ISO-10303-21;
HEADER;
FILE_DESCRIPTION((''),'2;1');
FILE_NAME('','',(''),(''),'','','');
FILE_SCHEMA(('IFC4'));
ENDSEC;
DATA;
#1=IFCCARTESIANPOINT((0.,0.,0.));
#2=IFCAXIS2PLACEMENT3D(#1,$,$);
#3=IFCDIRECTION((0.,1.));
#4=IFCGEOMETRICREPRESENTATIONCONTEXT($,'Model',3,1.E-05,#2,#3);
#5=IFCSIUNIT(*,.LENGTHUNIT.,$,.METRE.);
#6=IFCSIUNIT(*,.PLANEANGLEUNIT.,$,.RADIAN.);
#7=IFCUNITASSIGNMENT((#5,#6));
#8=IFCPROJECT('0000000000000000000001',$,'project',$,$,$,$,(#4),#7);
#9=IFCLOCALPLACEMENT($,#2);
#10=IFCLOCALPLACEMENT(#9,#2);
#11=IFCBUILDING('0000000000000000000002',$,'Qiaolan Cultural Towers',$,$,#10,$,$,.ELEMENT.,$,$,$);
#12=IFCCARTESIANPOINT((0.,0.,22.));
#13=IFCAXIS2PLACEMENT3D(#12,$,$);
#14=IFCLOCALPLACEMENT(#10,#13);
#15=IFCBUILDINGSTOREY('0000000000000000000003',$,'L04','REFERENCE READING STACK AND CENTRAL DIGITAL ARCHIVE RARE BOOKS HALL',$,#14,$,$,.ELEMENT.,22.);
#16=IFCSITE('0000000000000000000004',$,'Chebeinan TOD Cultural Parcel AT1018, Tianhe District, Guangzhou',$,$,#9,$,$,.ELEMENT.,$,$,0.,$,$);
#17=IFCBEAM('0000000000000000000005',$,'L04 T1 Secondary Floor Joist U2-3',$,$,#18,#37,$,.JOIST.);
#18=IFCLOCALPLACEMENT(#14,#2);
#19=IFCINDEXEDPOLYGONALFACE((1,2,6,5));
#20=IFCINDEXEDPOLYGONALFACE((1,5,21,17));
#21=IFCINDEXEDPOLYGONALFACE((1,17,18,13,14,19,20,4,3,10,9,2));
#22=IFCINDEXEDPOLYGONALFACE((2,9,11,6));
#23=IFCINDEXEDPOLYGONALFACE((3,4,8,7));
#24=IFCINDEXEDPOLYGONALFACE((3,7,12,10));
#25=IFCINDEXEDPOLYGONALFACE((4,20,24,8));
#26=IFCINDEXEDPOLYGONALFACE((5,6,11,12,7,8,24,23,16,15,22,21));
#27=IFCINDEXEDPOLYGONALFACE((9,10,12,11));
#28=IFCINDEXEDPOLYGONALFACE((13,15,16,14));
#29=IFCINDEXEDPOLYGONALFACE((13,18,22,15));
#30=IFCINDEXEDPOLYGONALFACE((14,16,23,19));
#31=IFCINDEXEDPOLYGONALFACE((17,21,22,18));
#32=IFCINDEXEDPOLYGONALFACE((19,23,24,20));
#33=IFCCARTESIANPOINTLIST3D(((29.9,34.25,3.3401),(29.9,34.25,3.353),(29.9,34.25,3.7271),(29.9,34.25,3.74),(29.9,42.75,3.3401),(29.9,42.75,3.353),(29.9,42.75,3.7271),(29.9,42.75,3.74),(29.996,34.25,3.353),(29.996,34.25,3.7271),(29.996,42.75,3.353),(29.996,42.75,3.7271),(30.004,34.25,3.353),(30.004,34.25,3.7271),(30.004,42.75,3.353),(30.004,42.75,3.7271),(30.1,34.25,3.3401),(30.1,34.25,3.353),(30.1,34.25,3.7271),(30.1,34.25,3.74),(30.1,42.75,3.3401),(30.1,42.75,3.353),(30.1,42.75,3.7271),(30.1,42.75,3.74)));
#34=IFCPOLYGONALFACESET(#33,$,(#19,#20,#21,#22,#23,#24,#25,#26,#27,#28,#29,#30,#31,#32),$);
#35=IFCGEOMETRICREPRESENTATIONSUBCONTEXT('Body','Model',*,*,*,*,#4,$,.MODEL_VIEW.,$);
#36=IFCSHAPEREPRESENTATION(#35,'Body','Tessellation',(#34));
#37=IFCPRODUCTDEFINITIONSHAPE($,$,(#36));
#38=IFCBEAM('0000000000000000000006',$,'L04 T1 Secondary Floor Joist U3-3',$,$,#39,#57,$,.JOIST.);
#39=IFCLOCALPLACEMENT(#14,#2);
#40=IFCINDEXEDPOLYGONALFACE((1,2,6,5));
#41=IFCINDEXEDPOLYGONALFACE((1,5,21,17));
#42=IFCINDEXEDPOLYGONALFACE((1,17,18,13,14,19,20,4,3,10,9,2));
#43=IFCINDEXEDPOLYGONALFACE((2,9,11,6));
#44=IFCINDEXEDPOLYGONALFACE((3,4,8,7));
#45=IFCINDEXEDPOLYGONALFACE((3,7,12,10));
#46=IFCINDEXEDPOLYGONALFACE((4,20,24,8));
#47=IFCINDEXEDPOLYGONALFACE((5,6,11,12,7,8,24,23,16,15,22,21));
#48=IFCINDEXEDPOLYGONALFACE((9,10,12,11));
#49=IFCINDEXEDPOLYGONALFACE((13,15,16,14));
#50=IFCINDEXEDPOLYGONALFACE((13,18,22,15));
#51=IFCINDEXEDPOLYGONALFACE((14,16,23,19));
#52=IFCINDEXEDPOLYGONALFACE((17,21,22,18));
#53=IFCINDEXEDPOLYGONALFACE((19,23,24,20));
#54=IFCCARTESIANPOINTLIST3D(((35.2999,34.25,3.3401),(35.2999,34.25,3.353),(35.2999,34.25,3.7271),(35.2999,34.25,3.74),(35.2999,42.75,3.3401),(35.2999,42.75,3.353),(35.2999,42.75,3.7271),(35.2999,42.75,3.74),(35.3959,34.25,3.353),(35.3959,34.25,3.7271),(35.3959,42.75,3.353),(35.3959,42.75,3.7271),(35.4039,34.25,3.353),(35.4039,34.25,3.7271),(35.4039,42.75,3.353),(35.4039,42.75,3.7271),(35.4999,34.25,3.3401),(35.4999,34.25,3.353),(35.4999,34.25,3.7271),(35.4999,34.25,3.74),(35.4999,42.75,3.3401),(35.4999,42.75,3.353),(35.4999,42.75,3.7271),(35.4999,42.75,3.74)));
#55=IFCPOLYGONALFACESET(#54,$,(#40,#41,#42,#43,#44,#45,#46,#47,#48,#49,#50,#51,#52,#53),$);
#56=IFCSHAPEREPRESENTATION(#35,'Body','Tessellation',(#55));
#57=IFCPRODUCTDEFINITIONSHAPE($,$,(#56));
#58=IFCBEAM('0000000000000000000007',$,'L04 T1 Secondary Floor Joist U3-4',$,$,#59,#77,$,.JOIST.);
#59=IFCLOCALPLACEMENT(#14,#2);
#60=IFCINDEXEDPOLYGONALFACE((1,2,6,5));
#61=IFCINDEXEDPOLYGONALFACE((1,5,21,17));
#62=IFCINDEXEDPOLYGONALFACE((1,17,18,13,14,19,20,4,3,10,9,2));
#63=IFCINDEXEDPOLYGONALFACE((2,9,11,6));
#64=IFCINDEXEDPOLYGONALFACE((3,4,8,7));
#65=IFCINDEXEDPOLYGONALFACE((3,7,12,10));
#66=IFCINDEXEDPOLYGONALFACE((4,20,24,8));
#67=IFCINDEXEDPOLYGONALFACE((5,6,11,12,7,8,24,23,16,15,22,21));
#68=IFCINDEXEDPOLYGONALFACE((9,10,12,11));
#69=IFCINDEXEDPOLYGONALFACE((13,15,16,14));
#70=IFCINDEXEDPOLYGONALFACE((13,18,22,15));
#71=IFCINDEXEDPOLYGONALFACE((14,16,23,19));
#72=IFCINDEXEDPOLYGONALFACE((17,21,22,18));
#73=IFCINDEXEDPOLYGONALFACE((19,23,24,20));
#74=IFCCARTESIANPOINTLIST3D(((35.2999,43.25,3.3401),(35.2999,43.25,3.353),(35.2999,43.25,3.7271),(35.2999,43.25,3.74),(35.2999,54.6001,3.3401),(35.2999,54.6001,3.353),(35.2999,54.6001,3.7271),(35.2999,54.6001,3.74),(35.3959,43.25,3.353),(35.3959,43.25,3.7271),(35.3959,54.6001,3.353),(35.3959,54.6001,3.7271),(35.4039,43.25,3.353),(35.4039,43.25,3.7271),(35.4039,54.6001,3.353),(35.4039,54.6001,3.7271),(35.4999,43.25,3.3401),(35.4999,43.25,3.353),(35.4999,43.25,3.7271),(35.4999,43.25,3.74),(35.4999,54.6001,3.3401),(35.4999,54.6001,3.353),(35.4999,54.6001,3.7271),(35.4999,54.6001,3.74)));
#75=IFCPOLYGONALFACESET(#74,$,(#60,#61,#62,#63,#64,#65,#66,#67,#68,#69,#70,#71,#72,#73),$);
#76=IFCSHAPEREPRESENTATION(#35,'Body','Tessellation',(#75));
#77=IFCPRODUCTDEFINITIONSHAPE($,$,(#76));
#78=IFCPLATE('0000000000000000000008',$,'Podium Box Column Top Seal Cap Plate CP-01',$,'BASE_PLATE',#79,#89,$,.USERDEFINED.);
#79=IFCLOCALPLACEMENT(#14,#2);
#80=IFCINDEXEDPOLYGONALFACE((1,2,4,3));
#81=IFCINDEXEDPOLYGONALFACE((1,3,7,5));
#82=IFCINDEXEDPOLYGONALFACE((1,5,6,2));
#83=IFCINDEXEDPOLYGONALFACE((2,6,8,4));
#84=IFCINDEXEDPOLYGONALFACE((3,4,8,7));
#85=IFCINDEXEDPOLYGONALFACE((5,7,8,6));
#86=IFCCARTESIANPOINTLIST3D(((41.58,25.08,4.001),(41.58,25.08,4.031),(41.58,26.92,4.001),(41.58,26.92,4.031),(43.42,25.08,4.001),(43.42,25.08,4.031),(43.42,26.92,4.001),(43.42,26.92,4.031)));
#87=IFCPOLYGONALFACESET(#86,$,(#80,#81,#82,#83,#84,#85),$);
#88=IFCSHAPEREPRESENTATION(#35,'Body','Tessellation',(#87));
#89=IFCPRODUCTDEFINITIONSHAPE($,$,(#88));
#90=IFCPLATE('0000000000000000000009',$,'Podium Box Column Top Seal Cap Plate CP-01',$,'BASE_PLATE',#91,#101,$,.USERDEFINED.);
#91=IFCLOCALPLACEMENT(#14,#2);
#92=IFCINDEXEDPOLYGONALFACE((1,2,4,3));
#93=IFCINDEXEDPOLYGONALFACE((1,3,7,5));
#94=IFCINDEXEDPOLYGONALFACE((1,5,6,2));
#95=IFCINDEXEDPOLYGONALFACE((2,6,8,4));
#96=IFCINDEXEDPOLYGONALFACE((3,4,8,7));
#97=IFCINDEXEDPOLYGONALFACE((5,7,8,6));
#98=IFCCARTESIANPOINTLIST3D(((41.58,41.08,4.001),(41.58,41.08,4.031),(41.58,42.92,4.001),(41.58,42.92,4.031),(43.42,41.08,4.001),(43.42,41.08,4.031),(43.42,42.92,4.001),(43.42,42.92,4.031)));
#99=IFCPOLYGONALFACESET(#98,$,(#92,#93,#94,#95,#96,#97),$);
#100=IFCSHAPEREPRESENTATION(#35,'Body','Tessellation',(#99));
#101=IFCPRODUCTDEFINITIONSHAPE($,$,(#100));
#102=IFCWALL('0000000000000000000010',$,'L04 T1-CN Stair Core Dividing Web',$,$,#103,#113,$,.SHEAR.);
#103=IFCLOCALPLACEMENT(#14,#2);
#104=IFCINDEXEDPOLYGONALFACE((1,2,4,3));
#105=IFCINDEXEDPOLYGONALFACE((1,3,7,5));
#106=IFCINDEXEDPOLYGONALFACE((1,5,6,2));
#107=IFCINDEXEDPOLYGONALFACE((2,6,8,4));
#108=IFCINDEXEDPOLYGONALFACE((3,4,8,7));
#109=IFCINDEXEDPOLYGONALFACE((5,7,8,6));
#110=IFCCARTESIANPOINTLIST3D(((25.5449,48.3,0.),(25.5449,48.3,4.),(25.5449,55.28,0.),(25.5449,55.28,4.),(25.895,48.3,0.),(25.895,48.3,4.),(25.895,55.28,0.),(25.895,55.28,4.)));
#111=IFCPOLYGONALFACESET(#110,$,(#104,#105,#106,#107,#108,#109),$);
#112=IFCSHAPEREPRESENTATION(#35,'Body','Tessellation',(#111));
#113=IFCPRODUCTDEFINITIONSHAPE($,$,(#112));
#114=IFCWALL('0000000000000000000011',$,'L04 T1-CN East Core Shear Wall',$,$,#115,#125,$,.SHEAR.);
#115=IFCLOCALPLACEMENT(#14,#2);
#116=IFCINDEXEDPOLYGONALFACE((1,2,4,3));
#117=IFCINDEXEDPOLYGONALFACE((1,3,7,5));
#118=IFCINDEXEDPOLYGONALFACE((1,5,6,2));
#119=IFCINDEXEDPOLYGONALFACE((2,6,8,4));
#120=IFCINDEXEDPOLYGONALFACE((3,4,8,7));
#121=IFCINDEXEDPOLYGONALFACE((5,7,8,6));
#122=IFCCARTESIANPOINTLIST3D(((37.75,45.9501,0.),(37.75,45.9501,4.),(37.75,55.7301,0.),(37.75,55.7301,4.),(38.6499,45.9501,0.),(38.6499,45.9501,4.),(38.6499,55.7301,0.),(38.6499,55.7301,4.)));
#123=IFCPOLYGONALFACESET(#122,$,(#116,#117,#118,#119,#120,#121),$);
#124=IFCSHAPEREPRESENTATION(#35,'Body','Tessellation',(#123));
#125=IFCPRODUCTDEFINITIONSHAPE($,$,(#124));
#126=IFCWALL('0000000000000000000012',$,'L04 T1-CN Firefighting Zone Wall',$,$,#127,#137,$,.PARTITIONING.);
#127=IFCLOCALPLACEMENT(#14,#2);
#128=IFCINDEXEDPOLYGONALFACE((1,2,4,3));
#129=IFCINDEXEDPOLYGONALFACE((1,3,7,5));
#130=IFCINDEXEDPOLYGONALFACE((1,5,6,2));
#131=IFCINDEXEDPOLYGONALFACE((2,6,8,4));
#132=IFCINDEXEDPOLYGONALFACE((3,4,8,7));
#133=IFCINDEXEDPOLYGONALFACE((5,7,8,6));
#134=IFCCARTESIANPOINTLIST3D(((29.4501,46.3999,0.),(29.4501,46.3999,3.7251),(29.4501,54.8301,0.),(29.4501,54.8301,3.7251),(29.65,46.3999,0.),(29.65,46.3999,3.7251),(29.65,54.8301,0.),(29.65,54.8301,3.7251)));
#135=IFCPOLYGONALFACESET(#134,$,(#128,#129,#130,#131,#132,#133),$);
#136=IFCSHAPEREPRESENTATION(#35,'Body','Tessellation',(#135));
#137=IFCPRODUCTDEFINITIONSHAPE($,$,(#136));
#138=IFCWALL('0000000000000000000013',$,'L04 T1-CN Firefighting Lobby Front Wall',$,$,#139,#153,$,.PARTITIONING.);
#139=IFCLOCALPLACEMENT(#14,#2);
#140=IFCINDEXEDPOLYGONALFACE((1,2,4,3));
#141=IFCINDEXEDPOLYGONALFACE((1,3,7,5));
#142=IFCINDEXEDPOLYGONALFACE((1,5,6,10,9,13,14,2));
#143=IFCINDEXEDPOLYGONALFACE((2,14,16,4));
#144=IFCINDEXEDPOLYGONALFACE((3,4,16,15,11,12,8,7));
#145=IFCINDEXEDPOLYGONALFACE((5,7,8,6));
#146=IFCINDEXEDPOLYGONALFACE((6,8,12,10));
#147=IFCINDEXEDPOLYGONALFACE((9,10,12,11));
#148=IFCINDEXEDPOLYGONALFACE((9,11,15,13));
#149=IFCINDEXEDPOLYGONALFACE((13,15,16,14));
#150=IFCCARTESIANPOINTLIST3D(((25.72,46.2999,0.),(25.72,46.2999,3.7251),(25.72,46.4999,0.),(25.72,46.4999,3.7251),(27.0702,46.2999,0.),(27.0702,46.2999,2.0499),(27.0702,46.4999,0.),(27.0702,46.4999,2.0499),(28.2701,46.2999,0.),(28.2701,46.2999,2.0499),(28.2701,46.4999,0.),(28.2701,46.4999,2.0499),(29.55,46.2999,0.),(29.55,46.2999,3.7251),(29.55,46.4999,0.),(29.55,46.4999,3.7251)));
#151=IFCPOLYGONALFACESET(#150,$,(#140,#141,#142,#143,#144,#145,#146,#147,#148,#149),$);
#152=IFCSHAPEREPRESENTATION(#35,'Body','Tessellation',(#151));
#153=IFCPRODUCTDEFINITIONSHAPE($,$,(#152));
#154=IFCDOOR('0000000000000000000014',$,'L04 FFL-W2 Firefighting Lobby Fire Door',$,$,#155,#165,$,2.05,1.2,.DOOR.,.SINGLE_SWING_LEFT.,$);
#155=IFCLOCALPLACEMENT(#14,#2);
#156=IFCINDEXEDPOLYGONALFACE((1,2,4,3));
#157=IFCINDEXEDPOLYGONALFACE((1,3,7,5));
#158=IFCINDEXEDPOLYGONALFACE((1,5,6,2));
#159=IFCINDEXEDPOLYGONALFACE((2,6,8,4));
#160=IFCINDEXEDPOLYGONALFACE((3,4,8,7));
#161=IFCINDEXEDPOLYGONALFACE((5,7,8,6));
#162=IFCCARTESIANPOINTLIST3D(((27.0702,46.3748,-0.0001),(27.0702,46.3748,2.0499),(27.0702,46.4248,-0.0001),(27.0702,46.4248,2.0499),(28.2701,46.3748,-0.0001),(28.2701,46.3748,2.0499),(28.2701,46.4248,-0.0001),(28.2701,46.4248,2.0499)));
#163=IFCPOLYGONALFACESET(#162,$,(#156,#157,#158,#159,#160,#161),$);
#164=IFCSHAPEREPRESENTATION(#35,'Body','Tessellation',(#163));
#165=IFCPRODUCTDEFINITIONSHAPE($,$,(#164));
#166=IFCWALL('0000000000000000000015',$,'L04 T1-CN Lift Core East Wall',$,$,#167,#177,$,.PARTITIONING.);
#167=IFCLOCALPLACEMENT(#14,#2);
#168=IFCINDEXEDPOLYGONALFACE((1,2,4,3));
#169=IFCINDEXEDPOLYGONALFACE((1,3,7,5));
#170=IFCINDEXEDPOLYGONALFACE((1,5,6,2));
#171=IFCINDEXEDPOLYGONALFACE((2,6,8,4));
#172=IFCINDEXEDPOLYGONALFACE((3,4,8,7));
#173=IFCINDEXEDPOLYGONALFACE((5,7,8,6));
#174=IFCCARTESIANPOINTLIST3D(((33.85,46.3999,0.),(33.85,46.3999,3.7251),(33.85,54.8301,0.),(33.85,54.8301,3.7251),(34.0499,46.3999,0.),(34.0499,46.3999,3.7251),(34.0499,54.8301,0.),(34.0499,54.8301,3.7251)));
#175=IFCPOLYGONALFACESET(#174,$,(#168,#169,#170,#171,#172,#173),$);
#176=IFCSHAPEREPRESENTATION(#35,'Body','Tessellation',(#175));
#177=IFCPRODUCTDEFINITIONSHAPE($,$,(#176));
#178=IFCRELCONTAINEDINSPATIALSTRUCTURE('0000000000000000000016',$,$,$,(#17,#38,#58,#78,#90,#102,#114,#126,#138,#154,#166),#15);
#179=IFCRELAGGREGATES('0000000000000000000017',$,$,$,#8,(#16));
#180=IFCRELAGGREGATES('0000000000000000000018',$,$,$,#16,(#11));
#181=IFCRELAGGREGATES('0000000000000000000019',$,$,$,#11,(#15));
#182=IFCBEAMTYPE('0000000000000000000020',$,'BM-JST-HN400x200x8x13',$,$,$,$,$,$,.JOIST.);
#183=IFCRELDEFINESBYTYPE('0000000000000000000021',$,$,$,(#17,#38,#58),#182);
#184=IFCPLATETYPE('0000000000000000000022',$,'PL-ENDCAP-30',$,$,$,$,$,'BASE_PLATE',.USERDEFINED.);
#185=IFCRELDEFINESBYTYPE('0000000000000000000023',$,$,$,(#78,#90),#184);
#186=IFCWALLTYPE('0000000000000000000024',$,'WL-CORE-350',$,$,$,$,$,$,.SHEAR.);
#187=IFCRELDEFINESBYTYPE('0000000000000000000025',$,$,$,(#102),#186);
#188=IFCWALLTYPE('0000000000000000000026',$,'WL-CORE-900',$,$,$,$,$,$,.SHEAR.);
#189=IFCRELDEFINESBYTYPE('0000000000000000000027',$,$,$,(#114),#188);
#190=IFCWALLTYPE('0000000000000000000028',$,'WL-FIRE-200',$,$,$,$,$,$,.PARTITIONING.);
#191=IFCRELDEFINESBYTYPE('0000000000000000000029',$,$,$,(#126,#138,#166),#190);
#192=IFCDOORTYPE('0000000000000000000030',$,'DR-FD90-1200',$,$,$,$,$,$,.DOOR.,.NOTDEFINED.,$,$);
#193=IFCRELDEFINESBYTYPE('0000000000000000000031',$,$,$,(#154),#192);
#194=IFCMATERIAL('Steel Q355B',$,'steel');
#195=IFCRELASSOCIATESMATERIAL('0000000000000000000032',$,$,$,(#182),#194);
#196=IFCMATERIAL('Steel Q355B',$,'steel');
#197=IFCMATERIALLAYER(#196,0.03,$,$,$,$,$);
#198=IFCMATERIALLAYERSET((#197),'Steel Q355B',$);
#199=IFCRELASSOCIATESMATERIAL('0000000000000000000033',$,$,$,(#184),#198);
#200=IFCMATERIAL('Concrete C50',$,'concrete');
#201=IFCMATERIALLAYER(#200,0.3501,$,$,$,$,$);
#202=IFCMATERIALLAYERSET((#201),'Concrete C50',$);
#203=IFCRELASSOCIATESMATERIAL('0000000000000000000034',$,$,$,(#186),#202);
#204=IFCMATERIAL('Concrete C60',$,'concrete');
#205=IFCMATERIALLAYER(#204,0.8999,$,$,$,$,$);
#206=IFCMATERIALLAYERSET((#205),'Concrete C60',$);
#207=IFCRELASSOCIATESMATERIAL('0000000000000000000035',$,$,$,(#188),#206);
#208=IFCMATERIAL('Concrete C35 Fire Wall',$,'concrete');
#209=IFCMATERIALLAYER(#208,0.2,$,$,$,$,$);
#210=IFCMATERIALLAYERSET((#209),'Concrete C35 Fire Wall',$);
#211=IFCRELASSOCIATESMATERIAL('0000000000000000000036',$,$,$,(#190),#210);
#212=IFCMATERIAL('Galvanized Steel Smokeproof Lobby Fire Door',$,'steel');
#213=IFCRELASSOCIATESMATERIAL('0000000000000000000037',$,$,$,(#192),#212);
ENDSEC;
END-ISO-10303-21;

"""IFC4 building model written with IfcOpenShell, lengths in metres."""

from ifc_helpers import new_model, si_unit, direction, frame, frame_2d, origin, origin_2d, place, context, subcontext, project, spatial, rectangle, i_section, extrude, material, layer, layer_set, material_profile, profile_set, type_object, element, fill, save


model = new_model("IFC4")

# Units and contexts
model_context = context("Model", 3, precision=1e-05, world=origin(), true_north=direction((0.0, 1.0)))
body_context = subcontext(model_context, "Body", "Model", "MODEL_VIEW")
ifc_project = project(units=[si_unit("LENGTHUNIT", "METRE"), si_unit("PLANEANGLEUNIT", "RADIAN")], contexts=[model_context])

# Site, building, storey
site_placement = place(None, origin())
site = spatial("IfcSite", under=ifc_project, at=site_placement, Name="Chebeinan TOD Cultural Parcel AT1018, Tianhe District, Guangzhou", CompositionType="ELEMENT", RefElevation=0.0)
building_placement = place(site_placement, origin())
building = spatial("IfcBuilding", under=site, at=building_placement, Name="Qiaolan Cultural Towers", CompositionType="ELEMENT")
storey_placement = place(building_placement, frame((0.0, 0.0, 22.0)))
storey = spatial("IfcBuildingStorey", under=building, at=storey_placement, Name="L04", Description="REFERENCE READING STACK AND CENTRAL DIGITAL ARCHIVE RARE BOOKS HALL", CompositionType="ELEMENT", Elevation=22.0)

# Beams
ifc_material_1 = material(Name="Steel Q355B", Category="steel")
ifc_material_profile_1 = material_profile(ifc_material_1, i_section(OverallWidth=0.2, OverallDepth=0.3999, WebThickness=0.0081, FlangeThickness=0.0129, at=origin_2d()), Name="HN400x200x8x13")
ifc_profile_set_1 = profile_set([ifc_material_profile_1], Name="Steel Q355B")
beam_type_1 = type_object("IfcBeamType", Name="BM-JST-HN400x200x8x13", PredefinedType="JOIST", material=ifc_profile_set_1)
for number, where, z_axis, x_axis, name in (
    (1, (30.0, 34.25, 3.54), (0.0, 1.0, 0.0), (-1.0, 0.0, 0.0), "L04 T1 Secondary Floor Joist U2-3"),
    (2, (35.3999, 34.25, 3.54), (0.0, 1.0, 0.0), (-1.0, 0.0, 0.0), "L04 T1 Secondary Floor Joist U3-3"),
):
    element("IfcBeam", number, at=place(storey_placement, frame(where, z_axis=z_axis, x_axis=x_axis)), inside=storey, type_object=beam_type_1, Name=name, PredefinedType="JOIST", context=body_context, shape_type="SweptSolid", body=[
        extrude(i_section(OverallWidth=0.2, OverallDepth=0.3999, WebThickness=0.0081, FlangeThickness=0.0129, at=origin_2d()), origin(), (0.0, 0.0, 1.0), 8.5),
    ])
beam_1_placement = place(storey_placement, frame((35.3999, 43.25, 3.54), z_axis=(0.0, 1.0, 0.0), x_axis=(-1.0, 0.0, 0.0)))
element("IfcBeam", 3, at=beam_1_placement, inside=storey, type_object=beam_type_1, Name="L04 T1 Secondary Floor Joist U3-4", PredefinedType="JOIST", context=body_context, shape_type="SweptSolid", body=[
    extrude(i_section(OverallWidth=0.2, OverallDepth=0.3999, WebThickness=0.0081, FlangeThickness=0.0129, at=origin_2d()), origin(), (0.0, 0.0, 1.0), 11.3501),
])

# Plates
ifc_material_2 = material(Name="Steel Q355B", Category="steel")
ifc_layer_1 = layer(ifc_material_2, 0.03)
ifc_layer_set_1 = layer_set([ifc_layer_1], Name="Steel Q355B")
plate_type = type_object("IfcPlateType", Name="PL-ENDCAP-30", ElementType="BASE_PLATE", PredefinedType="USERDEFINED", material=ifc_layer_set_1)
for number, where, z_axis, x_axis, name in (
    (4, (42.5, 26.0, 4.001), (0.0, 0.0, 1.0), (1.0, 0.0, 0.0), "Podium Box Column Top Seal Cap Plate CP-01"),
    (5, (42.5, 42.0, 4.001), (0.0, 0.0, 1.0), (1.0, 0.0, 0.0), "Podium Box Column Top Seal Cap Plate CP-01"),
):
    element("IfcPlate", number, at=place(storey_placement, frame(where, z_axis=z_axis, x_axis=x_axis)), inside=storey, type_object=plate_type, Name=name, ObjectType="BASE_PLATE", PredefinedType="USERDEFINED", context=body_context, shape_type="SweptSolid", body=[
        extrude(rectangle(XDim=1.8401, YDim=1.8401, at=origin_2d()), origin(), (0.0, 0.0, 1.0), 0.03),
    ])

# Walls
ifc_material_3 = material(Name="Concrete C50", Category="concrete")
ifc_layer_2 = layer(ifc_material_3, 0.3501)
ifc_layer_set_2 = layer_set([ifc_layer_2], Name="Concrete C50")
wall_type_1 = type_object("IfcWallType", Name="WL-CORE-350", PredefinedType="SHEAR", material=ifc_layer_set_2)
wall_1_placement = place(storey_placement, frame((25.72, 48.3, 0.0), z_axis=(0.0, 0.0, 1.0), x_axis=(0.0, 1.0, 0.0)))
element("IfcWall", 6, at=wall_1_placement, inside=storey, type_object=wall_type_1, Name="L04 T1-CN Stair Core Dividing Web", PredefinedType="SHEAR", context=body_context, shape_type="SweptSolid", body=[
    extrude(rectangle(XDim=6.98, YDim=0.3501, at=frame_2d((3.49, 0.0))), origin(), (0.0, 0.0, 1.0), 4.0),
])
ifc_material_4 = material(Name="Concrete C60", Category="concrete")
ifc_layer_3 = layer(ifc_material_4, 0.8999)
ifc_layer_set_3 = layer_set([ifc_layer_3], Name="Concrete C60")
wall_type_2 = type_object("IfcWallType", Name="WL-CORE-900", PredefinedType="SHEAR", material=ifc_layer_set_3)
wall_2_placement = place(storey_placement, frame((38.2, 45.95, 0.0), z_axis=(0.0, 0.0, 1.0), x_axis=(0.0, 1.0, 0.0)))
element("IfcWall", 7, at=wall_2_placement, inside=storey, type_object=wall_type_2, Name="L04 T1-CN East Core Shear Wall", PredefinedType="SHEAR", context=body_context, shape_type="SweptSolid", body=[
    extrude(rectangle(XDim=9.78, YDim=0.8999, at=frame_2d((4.8901, 0.0))), origin(), (0.0, 0.0, 1.0), 4.0),
])
ifc_material_5 = material(Name="Concrete C35 Fire Wall", Category="concrete")
ifc_layer_4 = layer(ifc_material_5, 0.2)
ifc_layer_set_4 = layer_set([ifc_layer_4], Name="Concrete C35 Fire Wall")
wall_type_3 = type_object("IfcWallType", Name="WL-FIRE-200", PredefinedType="PARTITIONING", material=ifc_layer_set_4)
wall_3_placement = place(storey_placement, frame((29.55, 46.3999, 0.0), z_axis=(0.0, 0.0, 1.0), x_axis=(0.0, 1.0, 0.0)))
element("IfcWall", 8, at=wall_3_placement, inside=storey, type_object=wall_type_3, Name="L04 T1-CN Firefighting Zone Wall", PredefinedType="PARTITIONING", context=body_context, shape_type="SweptSolid", body=[
    extrude(rectangle(XDim=8.4302, YDim=0.2, at=frame_2d((4.2151, 0.0))), origin(), (0.0, 0.0, 1.0), 3.7251),
])

# Wall, opening, door
wall_4_placement = place(storey_placement, frame((25.72, 46.3999, 0.0), z_axis=(0.0, 0.0, 1.0), x_axis=(1.0, 0.0, 0.0)))
wall_4 = element("IfcWall", 9, at=wall_4_placement, inside=storey, type_object=wall_type_3, Name="L04 T1-CN Firefighting Lobby Front Wall", PredefinedType="PARTITIONING", context=body_context, shape_type="SweptSolid", body=[
    extrude(rectangle(XDim=3.8301, YDim=0.2, at=frame_2d((1.915, 0.0))), origin(), (0.0, 0.0, 1.0), 3.7251),
])
opening_1_placement = place(wall_4_placement, frame((1.3501, 0.0, 0.0)))
opening_1 = element("IfcOpeningElement", 10, at=opening_1_placement, cuts=wall_4, PredefinedType="OPENING", context=body_context, shape_type="SweptSolid", body=[
    extrude(rectangle(XDim=1.2, YDim=2.05, at=frame_2d((0.6001, 1.0249))), frame((0.0, 0.1099, 0.0), z_axis=(0.0, -1.0, 0.0), x_axis=(1.0, 0.0, 0.0)), (0.0, 0.0, 1.0), 0.22),
])
ifc_material_6 = material(Name="Galvanized Steel Smokeproof Lobby Fire Door", Category="steel")
door_type_1 = type_object("IfcDoorType", Name="DR-FD90-1200", OperationType="NOTDEFINED", PredefinedType="DOOR", material=ifc_material_6)
door_1_placement = place(opening_1_placement, origin())
door_1 = element("IfcDoor", 11, at=door_1_placement, inside=storey, type_object=door_type_1, Name="L04 FFL-W2 Firefighting Lobby Fire Door", OperationType="SINGLE_SWING_LEFT", OverallHeight=2.05, OverallWidth=1.2, PredefinedType="DOOR", context=body_context, shape_type="SweptSolid", body=[
    extrude(rectangle(XDim=1.2, YDim=2.05, at=frame_2d((0.6001, 1.0249))), frame((0.0, 0.0249, 0.0), z_axis=(0.0, -1.0, 0.0), x_axis=(1.0, 0.0, 0.0)), (0.0, 0.0, 1.0), 0.05),
])
fill(opening_1, door_1)

# Wall
wall_5_placement = place(storey_placement, frame((33.95, 46.3999, 0.0), z_axis=(0.0, 0.0, 1.0), x_axis=(0.0, 1.0, 0.0)))
element("IfcWall", 12, at=wall_5_placement, inside=storey, type_object=wall_type_3, Name="L04 T1-CN Lift Core East Wall", PredefinedType="PARTITIONING", context=body_context, shape_type="SweptSolid", body=[
    extrude(rectangle(XDim=8.4302, YDim=0.2, at=frame_2d((4.2151, 0.0))), origin(), (0.0, 0.0, 1.0), 3.7251),
])

save(model, "model.ifc")
